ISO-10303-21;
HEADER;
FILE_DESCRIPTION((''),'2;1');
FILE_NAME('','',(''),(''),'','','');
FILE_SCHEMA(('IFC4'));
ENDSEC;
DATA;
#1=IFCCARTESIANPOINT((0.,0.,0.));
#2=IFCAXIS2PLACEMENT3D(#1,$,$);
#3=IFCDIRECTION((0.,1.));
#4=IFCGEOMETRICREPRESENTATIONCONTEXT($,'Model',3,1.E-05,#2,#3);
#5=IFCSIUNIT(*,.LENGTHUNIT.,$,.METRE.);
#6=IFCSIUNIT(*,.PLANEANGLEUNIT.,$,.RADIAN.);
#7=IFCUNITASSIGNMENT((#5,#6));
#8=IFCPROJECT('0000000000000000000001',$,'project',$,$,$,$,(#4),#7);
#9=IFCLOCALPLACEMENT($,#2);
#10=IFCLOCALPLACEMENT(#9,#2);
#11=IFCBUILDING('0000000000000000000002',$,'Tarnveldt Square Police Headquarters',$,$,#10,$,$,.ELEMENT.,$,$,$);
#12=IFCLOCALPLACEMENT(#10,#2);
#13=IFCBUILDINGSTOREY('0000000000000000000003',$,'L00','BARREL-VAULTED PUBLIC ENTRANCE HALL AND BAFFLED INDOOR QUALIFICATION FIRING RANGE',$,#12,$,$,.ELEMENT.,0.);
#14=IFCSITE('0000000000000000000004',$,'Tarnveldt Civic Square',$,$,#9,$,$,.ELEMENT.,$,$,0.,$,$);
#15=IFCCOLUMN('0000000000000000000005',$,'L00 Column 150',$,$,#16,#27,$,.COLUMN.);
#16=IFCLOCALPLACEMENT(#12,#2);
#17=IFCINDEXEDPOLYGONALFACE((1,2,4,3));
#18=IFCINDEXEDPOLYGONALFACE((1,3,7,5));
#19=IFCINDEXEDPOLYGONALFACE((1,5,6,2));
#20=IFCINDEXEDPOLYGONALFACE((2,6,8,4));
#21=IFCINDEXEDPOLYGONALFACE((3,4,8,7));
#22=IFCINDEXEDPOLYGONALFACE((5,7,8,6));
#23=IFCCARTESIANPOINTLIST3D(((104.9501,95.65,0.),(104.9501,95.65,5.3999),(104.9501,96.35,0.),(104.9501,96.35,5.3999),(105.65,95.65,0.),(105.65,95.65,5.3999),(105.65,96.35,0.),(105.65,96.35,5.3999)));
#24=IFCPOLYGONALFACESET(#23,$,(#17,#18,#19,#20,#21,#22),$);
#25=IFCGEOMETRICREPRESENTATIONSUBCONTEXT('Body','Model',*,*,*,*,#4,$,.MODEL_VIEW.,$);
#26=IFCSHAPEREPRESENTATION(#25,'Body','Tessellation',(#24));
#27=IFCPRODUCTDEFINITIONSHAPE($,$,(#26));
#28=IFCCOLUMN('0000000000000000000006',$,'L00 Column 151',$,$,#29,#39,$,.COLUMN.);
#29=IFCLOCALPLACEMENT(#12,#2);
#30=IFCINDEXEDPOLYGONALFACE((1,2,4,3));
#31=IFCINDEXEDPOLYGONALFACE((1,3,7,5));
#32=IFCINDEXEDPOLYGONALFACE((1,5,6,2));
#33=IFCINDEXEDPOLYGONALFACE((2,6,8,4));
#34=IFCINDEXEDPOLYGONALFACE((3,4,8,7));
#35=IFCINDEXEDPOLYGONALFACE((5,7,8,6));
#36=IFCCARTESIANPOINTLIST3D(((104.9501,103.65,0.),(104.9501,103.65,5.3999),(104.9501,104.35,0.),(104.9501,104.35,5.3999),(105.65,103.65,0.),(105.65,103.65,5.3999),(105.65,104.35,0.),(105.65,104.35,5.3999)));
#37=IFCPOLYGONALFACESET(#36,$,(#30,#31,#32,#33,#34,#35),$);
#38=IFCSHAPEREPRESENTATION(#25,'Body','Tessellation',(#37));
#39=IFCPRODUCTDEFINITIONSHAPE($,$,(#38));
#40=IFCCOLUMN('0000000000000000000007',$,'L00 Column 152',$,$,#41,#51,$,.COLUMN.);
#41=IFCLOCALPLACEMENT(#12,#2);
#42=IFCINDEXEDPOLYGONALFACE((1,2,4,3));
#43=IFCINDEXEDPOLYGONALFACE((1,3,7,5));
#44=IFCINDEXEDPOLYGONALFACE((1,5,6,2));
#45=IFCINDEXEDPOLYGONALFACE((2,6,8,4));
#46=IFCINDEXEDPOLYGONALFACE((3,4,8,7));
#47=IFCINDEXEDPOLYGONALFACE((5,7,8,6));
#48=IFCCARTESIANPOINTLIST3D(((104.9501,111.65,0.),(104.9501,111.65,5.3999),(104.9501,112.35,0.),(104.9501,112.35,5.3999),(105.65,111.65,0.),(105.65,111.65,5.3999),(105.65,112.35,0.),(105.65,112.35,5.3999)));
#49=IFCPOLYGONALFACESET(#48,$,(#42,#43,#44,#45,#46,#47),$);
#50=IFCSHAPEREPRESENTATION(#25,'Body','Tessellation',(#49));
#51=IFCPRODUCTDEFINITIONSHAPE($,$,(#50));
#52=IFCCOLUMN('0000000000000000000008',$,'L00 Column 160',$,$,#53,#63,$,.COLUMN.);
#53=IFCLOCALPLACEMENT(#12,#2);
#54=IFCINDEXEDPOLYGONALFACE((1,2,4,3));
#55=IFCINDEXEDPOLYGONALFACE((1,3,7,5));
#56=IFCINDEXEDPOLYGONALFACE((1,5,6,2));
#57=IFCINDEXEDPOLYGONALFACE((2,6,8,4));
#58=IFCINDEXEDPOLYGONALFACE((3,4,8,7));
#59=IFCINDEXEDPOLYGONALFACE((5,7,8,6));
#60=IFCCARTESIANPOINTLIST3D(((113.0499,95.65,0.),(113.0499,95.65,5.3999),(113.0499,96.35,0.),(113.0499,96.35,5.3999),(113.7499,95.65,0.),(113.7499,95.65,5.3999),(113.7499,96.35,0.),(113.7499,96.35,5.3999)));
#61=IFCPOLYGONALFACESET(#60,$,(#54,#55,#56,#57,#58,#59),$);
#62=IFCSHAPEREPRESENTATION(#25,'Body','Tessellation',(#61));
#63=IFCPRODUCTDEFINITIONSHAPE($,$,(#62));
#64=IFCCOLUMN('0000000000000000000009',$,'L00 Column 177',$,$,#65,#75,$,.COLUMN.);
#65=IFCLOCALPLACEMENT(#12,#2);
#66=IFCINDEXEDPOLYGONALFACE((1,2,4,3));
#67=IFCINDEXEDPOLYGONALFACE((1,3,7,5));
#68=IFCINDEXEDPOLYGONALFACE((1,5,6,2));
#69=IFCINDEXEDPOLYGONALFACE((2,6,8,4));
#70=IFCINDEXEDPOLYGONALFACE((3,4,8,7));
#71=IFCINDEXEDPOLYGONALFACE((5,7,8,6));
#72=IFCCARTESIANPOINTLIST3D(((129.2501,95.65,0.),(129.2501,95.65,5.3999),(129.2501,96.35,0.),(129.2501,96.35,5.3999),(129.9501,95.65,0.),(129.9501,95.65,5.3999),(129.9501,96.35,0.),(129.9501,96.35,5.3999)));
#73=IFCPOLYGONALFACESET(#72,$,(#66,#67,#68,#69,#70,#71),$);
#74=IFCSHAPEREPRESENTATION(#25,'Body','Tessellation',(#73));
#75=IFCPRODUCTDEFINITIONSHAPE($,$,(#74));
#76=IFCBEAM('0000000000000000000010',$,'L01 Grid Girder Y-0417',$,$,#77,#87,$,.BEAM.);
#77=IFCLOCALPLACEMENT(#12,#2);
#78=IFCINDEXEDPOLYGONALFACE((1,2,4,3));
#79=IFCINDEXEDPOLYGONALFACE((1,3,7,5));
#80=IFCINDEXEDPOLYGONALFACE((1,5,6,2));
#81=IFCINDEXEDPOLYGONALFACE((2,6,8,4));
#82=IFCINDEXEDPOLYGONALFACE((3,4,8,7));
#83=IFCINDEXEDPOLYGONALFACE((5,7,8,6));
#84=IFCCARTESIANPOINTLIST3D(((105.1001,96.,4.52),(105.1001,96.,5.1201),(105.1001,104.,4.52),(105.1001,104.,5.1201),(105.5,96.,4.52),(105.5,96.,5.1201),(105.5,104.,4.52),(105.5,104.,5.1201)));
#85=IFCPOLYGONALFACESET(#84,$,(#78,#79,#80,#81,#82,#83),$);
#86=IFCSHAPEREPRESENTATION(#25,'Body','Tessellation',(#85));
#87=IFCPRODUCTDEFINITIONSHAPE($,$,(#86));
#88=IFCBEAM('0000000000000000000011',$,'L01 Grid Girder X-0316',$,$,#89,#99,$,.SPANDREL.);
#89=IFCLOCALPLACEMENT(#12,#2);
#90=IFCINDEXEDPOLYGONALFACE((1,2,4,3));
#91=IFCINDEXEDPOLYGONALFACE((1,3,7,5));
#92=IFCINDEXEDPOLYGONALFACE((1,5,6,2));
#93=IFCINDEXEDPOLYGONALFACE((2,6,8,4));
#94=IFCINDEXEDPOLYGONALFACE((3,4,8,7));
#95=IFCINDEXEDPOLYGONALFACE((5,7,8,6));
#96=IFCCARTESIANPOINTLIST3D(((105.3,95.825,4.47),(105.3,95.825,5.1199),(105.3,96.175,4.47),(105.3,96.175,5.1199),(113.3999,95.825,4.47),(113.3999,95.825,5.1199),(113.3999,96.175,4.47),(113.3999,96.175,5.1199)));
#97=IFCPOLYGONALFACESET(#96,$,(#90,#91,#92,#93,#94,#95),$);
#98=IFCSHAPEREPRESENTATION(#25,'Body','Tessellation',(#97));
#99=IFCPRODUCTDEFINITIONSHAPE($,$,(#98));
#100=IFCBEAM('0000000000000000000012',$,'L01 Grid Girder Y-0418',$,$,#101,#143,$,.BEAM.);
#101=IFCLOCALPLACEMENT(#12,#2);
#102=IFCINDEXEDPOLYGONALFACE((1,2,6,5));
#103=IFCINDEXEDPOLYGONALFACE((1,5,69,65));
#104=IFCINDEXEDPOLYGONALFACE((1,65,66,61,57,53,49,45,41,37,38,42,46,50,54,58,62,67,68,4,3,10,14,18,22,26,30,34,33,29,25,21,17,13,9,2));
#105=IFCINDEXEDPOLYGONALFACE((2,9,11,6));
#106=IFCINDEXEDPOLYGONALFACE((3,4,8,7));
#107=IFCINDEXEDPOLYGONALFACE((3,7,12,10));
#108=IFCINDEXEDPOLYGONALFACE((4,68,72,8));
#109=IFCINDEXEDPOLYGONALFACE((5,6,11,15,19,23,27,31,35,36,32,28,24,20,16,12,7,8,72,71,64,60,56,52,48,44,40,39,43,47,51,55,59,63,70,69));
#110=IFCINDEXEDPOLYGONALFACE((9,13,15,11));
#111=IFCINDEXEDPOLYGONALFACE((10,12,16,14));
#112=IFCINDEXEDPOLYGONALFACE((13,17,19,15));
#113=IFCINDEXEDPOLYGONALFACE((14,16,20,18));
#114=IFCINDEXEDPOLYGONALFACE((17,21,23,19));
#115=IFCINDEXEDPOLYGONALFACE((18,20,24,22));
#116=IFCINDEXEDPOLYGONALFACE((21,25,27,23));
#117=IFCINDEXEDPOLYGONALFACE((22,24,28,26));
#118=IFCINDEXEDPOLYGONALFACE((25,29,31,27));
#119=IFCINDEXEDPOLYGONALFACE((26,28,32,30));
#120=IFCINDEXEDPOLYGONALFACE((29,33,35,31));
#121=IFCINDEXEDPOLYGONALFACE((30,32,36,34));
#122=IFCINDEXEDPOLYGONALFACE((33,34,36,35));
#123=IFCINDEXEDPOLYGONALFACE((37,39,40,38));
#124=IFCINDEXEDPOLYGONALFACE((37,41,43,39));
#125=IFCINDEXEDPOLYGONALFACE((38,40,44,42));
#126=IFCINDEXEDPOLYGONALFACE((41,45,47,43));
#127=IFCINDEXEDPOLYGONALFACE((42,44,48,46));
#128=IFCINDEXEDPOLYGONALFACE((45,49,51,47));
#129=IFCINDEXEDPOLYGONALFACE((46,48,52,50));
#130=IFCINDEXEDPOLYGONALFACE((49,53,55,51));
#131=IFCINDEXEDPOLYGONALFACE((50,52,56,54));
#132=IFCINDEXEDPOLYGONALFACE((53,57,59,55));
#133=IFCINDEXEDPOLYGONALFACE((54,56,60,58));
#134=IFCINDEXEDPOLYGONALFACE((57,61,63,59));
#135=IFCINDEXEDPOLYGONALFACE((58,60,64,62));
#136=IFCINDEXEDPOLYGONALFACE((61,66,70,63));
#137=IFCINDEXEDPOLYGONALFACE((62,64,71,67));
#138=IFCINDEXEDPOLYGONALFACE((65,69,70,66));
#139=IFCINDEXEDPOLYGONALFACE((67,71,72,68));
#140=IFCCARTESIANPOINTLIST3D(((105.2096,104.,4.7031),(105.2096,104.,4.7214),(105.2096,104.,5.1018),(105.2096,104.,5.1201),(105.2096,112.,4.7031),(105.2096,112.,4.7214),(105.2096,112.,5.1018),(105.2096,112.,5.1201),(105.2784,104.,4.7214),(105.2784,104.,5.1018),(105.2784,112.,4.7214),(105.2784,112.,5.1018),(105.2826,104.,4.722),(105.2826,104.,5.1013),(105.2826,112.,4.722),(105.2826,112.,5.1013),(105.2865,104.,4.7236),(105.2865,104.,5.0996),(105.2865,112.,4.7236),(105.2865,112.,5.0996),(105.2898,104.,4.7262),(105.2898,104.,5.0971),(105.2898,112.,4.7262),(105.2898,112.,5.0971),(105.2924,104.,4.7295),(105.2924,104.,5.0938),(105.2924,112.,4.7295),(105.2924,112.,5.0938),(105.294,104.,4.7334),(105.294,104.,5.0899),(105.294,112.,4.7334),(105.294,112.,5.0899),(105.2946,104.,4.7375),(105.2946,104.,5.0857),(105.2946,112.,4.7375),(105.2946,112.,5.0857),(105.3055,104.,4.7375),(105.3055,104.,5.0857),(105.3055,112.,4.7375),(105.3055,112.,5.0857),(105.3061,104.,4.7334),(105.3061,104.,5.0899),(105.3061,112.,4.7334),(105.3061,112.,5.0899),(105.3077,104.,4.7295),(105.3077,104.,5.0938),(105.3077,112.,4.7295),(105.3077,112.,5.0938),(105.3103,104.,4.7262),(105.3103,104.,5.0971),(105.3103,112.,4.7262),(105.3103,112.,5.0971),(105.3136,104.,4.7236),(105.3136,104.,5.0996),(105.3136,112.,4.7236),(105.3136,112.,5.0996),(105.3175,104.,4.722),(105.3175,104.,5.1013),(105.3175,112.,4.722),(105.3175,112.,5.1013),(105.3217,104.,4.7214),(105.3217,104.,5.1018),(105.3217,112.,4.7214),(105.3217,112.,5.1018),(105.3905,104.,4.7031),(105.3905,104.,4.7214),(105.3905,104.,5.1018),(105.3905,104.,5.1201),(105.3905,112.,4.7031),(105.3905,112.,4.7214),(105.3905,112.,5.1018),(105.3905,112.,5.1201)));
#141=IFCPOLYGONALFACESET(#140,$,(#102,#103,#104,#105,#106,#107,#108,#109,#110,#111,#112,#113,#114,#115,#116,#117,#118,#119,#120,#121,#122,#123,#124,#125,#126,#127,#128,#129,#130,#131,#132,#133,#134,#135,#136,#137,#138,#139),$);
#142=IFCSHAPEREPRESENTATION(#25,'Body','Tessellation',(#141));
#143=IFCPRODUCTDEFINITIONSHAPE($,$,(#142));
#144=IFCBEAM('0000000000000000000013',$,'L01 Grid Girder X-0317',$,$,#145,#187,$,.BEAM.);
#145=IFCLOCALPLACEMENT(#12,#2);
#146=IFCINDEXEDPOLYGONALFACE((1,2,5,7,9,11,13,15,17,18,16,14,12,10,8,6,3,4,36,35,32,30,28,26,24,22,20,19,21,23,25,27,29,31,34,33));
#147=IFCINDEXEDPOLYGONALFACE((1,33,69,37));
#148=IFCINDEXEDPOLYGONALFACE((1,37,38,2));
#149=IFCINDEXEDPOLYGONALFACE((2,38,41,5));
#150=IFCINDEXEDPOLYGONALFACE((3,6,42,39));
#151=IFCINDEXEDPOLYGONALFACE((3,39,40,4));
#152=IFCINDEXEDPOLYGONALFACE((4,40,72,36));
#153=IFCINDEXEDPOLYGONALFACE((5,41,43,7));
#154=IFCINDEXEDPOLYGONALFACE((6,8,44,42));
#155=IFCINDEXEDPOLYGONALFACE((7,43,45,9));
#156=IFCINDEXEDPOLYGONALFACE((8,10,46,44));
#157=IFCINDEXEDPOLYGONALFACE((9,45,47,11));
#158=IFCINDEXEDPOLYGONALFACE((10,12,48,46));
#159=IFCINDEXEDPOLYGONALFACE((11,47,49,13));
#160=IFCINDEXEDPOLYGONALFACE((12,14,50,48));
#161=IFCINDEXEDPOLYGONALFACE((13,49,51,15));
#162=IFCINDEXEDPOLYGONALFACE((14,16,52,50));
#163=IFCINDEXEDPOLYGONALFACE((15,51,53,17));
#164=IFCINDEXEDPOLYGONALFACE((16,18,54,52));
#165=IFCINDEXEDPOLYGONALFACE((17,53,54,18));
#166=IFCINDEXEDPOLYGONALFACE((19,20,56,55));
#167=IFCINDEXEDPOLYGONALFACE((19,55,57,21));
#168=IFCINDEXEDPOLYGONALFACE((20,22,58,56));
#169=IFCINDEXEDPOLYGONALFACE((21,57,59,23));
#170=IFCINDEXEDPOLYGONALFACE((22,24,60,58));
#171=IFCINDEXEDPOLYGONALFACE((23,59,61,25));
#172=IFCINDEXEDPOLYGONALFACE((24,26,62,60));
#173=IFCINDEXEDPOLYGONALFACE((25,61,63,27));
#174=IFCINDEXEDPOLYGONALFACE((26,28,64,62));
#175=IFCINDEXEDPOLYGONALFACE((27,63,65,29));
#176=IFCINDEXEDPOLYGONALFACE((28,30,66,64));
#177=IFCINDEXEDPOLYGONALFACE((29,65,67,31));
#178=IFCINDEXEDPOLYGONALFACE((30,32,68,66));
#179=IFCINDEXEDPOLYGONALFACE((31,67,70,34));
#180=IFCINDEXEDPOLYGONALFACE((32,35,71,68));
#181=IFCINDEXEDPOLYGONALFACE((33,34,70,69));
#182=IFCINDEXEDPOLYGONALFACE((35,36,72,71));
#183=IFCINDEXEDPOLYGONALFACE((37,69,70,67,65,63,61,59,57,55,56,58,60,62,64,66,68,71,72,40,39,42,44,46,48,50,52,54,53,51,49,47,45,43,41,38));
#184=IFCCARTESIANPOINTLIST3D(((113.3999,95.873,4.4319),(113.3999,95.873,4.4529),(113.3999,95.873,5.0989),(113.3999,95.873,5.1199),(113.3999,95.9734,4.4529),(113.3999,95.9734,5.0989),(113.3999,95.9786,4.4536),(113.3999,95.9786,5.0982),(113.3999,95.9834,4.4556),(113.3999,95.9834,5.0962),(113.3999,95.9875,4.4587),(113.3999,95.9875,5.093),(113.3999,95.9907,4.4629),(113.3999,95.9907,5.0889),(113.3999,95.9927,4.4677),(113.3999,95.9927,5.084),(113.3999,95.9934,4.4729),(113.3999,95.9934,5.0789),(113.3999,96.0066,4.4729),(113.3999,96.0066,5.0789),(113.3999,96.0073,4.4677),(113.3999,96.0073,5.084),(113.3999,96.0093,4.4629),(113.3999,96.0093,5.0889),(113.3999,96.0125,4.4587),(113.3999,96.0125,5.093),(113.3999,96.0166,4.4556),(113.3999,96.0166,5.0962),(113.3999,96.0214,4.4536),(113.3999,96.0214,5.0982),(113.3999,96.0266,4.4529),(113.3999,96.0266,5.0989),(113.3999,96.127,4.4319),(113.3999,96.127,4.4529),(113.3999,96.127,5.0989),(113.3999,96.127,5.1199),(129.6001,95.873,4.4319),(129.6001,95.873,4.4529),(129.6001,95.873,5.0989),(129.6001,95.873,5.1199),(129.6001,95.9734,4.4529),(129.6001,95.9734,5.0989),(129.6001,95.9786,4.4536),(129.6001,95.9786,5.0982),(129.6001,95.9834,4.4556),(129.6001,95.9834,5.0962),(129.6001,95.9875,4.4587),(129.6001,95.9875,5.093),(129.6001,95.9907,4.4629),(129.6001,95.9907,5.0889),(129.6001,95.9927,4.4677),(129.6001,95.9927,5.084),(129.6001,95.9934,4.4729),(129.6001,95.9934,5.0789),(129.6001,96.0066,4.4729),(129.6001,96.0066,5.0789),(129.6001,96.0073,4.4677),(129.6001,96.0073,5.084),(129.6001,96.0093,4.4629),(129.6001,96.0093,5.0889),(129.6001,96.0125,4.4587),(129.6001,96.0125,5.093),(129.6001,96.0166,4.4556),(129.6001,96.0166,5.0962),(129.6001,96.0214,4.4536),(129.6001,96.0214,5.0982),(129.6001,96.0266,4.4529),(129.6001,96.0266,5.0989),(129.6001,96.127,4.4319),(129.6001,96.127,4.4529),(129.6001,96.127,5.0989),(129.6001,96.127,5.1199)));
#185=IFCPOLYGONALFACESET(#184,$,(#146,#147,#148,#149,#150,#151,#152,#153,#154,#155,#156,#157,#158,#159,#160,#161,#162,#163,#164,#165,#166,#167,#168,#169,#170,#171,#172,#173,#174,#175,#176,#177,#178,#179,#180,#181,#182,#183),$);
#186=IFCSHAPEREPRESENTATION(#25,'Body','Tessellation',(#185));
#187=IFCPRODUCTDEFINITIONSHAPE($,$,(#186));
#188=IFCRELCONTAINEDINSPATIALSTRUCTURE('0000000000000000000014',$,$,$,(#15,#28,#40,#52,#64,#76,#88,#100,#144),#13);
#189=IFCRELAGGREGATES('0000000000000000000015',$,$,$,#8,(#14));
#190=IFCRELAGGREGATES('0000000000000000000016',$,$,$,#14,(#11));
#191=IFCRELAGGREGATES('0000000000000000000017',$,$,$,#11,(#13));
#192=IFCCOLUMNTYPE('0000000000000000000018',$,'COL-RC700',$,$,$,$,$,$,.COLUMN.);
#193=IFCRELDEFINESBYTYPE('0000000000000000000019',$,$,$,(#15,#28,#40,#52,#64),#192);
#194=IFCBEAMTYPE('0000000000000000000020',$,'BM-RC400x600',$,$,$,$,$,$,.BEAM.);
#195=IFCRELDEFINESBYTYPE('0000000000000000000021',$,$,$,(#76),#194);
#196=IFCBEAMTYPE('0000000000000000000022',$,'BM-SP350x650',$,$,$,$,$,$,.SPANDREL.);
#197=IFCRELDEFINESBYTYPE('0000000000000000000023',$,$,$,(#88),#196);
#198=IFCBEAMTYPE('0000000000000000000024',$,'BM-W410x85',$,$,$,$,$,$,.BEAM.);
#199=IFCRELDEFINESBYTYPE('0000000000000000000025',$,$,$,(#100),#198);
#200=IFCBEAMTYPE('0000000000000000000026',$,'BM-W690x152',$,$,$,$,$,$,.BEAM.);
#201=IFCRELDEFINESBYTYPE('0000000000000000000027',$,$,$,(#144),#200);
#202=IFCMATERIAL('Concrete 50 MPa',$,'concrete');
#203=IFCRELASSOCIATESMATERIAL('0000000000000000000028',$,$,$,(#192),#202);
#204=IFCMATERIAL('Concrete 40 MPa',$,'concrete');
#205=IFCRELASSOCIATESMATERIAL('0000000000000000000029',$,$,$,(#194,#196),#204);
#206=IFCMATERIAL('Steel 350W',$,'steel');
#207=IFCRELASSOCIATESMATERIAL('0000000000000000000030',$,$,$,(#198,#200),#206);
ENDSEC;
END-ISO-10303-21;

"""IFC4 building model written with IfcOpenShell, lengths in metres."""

from ifc_helpers import new_model, si_unit, direction, frame, origin, origin_2d, place, context, subcontext, project, spatial, rectangle, i_section, extrude, material, material_profile, profile_set, type_object, element, save


model = new_model("IFC4")

# Units and contexts
model_context = context("Model", 3, precision=1e-05, world=origin(), true_north=direction((0.0, 1.0)))
body_context = subcontext(model_context, "Body", "Model", "MODEL_VIEW")
ifc_project = project(units=[si_unit("LENGTHUNIT", "METRE"), si_unit("PLANEANGLEUNIT", "RADIAN")], contexts=[model_context])

# Site, building, storey
site_placement = place(None, origin())
site = spatial("IfcSite", under=ifc_project, at=site_placement, Name="Tarnveldt Civic Square", CompositionType="ELEMENT", RefElevation=0.0)
building_placement = place(site_placement, origin())
building = spatial("IfcBuilding", under=site, at=building_placement, Name="Tarnveldt Square Police Headquarters", CompositionType="ELEMENT")
storey_placement = place(building_placement, origin())
storey = spatial("IfcBuildingStorey", under=building, at=storey_placement, Name="L00", Description="BARREL-VAULTED PUBLIC ENTRANCE HALL AND BAFFLED INDOOR QUALIFICATION FIRING RANGE", CompositionType="ELEMENT", Elevation=0.0)

# Columns
ifc_material_1 = material(Name="Concrete 50 MPa", Category="concrete")
ifc_material_profile_1 = material_profile(ifc_material_1, rectangle(XDim=0.7, YDim=0.7, at=origin_2d()), Name="RC-C700x700")
ifc_profile_set_1 = profile_set([ifc_material_profile_1], Name="Concrete 50 MPa")
column_type = type_object("IfcColumnType", Name="COL-RC700", PredefinedType="COLUMN", material=ifc_profile_set_1)
for number, where, z_axis, x_axis, name in (
    (1, (105.3, 96.0, 0.0), (0.0, 0.0, 1.0), (1.0, 0.0, 0.0), "L00 Column 150"),
    (2, (105.3, 104.0, 0.0), (0.0, 0.0, 1.0), (1.0, 0.0, 0.0), "L00 Column 151"),
    (3, (105.3, 112.0, 0.0), (0.0, 0.0, 1.0), (1.0, 0.0, 0.0), "L00 Column 152"),
    (4, (113.3999, 96.0, 0.0), (0.0, 0.0, 1.0), (1.0, 0.0, 0.0), "L00 Column 160"),
    (5, (129.6001, 96.0, 0.0), (0.0, 0.0, 1.0), (1.0, 0.0, 0.0), "L00 Column 177"),
):
    element("IfcColumn", number, at=place(storey_placement, frame(where, z_axis=z_axis, x_axis=x_axis)), inside=storey, type_object=column_type, Name=name, PredefinedType="COLUMN", context=body_context, shape_type="SweptSolid", body=[
        extrude(rectangle(XDim=0.7, YDim=0.7, at=origin_2d()), origin(), (0.0, 0.0, 1.0), 5.3999),
    ])

# Beams
ifc_material_2 = material(Name="Concrete 40 MPa", Category="concrete")
ifc_material_profile_2 = material_profile(ifc_material_2, rectangle(XDim=0.3999, YDim=0.6001, at=origin_2d()), Name="RC-B400x600")
ifc_profile_set_2 = profile_set([ifc_material_profile_2], Name="Concrete 40 MPa")
beam_type_1 = type_object("IfcBeamType", Name="BM-RC400x600", PredefinedType="BEAM", material=ifc_profile_set_2)
beam_1_placement = place(storey_placement, frame((105.3, 96.0, 4.8201), z_axis=(0.0, 1.0, 0.0), x_axis=(-1.0, 0.0, 0.0)))
element("IfcBeam", 6, at=beam_1_placement, inside=storey, type_object=beam_type_1, Name="L01 Grid Girder Y-0417", PredefinedType="BEAM", context=body_context, shape_type="SweptSolid", body=[
    extrude(rectangle(XDim=0.3999, YDim=0.6001, at=origin_2d()), origin(), (0.0, 0.0, 1.0), 8.0),
])
ifc_material_profile_3 = material_profile(ifc_material_2, rectangle(XDim=0.3501, YDim=0.6499, at=origin_2d()), Name="RC-SP350x650")
ifc_profile_set_3 = profile_set([ifc_material_profile_3], Name="Concrete 40 MPa")
beam_type_2 = type_object("IfcBeamType", Name="BM-SP350x650", PredefinedType="SPANDREL", material=ifc_profile_set_3)
beam_2_placement = place(storey_placement, frame((105.3, 96.0, 4.7949), z_axis=(1.0, 0.0, 0.0), x_axis=(0.0, 1.0, 0.0)))
element("IfcBeam", 7, at=beam_2_placement, inside=storey, type_object=beam_type_2, Name="L01 Grid Girder X-0316", PredefinedType="SPANDREL", context=body_context, shape_type="SweptSolid", body=[
    extrude(rectangle(XDim=0.3501, YDim=0.6499, at=origin_2d()), origin(), (0.0, 0.0, 1.0), 8.0999),
])
ifc_material_3 = material(Name="Steel 350W", Category="steel")
ifc_material_profile_4 = material_profile(ifc_material_3, i_section(OverallWidth=0.1809, OverallDepth=0.417, WebThickness=0.011, FlangeThickness=0.0183, FilletRadius=0.0161, at=origin_2d()), Name="W410x85")
ifc_profile_set_4 = profile_set([ifc_material_profile_4], Name="Steel 350W")
beam_type_3 = type_object("IfcBeamType", Name="BM-W410x85", PredefinedType="BEAM", material=ifc_profile_set_4)
beam_3_placement = place(storey_placement, frame((105.3, 104.0, 4.9116), z_axis=(0.0, 1.0, 0.0), x_axis=(-1.0, 0.0, 0.0)))
element("IfcBeam", 8, at=beam_3_placement, inside=storey, type_object=beam_type_3, Name="L01 Grid Girder Y-0418", PredefinedType="BEAM", context=body_context, shape_type="SweptSolid", body=[
    extrude(i_section(OverallWidth=0.1809, OverallDepth=0.417, WebThickness=0.011, FlangeThickness=0.0183, FilletRadius=0.0161, at=origin_2d()), origin(), (0.0, 0.0, 1.0), 8.0),
])
ifc_material_profile_5 = material_profile(ifc_material_3, i_section(OverallWidth=0.2539, OverallDepth=0.688, WebThickness=0.0132, FlangeThickness=0.021, FilletRadius=0.02, at=origin_2d()), Name="W690x152")
ifc_profile_set_5 = profile_set([ifc_material_profile_5], Name="Steel 350W")
beam_type_4 = type_object("IfcBeamType", Name="BM-W690x152", PredefinedType="BEAM", material=ifc_profile_set_5)
beam_4_placement = place(storey_placement, frame((113.3999, 96.0, 4.7759), z_axis=(1.0, 0.0, 0.0), x_axis=(0.0, 1.0, 0.0)))
element("IfcBeam", 9, at=beam_4_placement, inside=storey, type_object=beam_type_4, Name="L01 Grid Girder X-0317", PredefinedType="BEAM", context=body_context, shape_type="SweptSolid", body=[
    extrude(i_section(OverallWidth=0.2539, OverallDepth=0.688, WebThickness=0.0132, FlangeThickness=0.021, FilletRadius=0.02, at=origin_2d()), origin(), (0.0, 0.0, 1.0), 16.2002),
])

save(model, "model.ifc")
